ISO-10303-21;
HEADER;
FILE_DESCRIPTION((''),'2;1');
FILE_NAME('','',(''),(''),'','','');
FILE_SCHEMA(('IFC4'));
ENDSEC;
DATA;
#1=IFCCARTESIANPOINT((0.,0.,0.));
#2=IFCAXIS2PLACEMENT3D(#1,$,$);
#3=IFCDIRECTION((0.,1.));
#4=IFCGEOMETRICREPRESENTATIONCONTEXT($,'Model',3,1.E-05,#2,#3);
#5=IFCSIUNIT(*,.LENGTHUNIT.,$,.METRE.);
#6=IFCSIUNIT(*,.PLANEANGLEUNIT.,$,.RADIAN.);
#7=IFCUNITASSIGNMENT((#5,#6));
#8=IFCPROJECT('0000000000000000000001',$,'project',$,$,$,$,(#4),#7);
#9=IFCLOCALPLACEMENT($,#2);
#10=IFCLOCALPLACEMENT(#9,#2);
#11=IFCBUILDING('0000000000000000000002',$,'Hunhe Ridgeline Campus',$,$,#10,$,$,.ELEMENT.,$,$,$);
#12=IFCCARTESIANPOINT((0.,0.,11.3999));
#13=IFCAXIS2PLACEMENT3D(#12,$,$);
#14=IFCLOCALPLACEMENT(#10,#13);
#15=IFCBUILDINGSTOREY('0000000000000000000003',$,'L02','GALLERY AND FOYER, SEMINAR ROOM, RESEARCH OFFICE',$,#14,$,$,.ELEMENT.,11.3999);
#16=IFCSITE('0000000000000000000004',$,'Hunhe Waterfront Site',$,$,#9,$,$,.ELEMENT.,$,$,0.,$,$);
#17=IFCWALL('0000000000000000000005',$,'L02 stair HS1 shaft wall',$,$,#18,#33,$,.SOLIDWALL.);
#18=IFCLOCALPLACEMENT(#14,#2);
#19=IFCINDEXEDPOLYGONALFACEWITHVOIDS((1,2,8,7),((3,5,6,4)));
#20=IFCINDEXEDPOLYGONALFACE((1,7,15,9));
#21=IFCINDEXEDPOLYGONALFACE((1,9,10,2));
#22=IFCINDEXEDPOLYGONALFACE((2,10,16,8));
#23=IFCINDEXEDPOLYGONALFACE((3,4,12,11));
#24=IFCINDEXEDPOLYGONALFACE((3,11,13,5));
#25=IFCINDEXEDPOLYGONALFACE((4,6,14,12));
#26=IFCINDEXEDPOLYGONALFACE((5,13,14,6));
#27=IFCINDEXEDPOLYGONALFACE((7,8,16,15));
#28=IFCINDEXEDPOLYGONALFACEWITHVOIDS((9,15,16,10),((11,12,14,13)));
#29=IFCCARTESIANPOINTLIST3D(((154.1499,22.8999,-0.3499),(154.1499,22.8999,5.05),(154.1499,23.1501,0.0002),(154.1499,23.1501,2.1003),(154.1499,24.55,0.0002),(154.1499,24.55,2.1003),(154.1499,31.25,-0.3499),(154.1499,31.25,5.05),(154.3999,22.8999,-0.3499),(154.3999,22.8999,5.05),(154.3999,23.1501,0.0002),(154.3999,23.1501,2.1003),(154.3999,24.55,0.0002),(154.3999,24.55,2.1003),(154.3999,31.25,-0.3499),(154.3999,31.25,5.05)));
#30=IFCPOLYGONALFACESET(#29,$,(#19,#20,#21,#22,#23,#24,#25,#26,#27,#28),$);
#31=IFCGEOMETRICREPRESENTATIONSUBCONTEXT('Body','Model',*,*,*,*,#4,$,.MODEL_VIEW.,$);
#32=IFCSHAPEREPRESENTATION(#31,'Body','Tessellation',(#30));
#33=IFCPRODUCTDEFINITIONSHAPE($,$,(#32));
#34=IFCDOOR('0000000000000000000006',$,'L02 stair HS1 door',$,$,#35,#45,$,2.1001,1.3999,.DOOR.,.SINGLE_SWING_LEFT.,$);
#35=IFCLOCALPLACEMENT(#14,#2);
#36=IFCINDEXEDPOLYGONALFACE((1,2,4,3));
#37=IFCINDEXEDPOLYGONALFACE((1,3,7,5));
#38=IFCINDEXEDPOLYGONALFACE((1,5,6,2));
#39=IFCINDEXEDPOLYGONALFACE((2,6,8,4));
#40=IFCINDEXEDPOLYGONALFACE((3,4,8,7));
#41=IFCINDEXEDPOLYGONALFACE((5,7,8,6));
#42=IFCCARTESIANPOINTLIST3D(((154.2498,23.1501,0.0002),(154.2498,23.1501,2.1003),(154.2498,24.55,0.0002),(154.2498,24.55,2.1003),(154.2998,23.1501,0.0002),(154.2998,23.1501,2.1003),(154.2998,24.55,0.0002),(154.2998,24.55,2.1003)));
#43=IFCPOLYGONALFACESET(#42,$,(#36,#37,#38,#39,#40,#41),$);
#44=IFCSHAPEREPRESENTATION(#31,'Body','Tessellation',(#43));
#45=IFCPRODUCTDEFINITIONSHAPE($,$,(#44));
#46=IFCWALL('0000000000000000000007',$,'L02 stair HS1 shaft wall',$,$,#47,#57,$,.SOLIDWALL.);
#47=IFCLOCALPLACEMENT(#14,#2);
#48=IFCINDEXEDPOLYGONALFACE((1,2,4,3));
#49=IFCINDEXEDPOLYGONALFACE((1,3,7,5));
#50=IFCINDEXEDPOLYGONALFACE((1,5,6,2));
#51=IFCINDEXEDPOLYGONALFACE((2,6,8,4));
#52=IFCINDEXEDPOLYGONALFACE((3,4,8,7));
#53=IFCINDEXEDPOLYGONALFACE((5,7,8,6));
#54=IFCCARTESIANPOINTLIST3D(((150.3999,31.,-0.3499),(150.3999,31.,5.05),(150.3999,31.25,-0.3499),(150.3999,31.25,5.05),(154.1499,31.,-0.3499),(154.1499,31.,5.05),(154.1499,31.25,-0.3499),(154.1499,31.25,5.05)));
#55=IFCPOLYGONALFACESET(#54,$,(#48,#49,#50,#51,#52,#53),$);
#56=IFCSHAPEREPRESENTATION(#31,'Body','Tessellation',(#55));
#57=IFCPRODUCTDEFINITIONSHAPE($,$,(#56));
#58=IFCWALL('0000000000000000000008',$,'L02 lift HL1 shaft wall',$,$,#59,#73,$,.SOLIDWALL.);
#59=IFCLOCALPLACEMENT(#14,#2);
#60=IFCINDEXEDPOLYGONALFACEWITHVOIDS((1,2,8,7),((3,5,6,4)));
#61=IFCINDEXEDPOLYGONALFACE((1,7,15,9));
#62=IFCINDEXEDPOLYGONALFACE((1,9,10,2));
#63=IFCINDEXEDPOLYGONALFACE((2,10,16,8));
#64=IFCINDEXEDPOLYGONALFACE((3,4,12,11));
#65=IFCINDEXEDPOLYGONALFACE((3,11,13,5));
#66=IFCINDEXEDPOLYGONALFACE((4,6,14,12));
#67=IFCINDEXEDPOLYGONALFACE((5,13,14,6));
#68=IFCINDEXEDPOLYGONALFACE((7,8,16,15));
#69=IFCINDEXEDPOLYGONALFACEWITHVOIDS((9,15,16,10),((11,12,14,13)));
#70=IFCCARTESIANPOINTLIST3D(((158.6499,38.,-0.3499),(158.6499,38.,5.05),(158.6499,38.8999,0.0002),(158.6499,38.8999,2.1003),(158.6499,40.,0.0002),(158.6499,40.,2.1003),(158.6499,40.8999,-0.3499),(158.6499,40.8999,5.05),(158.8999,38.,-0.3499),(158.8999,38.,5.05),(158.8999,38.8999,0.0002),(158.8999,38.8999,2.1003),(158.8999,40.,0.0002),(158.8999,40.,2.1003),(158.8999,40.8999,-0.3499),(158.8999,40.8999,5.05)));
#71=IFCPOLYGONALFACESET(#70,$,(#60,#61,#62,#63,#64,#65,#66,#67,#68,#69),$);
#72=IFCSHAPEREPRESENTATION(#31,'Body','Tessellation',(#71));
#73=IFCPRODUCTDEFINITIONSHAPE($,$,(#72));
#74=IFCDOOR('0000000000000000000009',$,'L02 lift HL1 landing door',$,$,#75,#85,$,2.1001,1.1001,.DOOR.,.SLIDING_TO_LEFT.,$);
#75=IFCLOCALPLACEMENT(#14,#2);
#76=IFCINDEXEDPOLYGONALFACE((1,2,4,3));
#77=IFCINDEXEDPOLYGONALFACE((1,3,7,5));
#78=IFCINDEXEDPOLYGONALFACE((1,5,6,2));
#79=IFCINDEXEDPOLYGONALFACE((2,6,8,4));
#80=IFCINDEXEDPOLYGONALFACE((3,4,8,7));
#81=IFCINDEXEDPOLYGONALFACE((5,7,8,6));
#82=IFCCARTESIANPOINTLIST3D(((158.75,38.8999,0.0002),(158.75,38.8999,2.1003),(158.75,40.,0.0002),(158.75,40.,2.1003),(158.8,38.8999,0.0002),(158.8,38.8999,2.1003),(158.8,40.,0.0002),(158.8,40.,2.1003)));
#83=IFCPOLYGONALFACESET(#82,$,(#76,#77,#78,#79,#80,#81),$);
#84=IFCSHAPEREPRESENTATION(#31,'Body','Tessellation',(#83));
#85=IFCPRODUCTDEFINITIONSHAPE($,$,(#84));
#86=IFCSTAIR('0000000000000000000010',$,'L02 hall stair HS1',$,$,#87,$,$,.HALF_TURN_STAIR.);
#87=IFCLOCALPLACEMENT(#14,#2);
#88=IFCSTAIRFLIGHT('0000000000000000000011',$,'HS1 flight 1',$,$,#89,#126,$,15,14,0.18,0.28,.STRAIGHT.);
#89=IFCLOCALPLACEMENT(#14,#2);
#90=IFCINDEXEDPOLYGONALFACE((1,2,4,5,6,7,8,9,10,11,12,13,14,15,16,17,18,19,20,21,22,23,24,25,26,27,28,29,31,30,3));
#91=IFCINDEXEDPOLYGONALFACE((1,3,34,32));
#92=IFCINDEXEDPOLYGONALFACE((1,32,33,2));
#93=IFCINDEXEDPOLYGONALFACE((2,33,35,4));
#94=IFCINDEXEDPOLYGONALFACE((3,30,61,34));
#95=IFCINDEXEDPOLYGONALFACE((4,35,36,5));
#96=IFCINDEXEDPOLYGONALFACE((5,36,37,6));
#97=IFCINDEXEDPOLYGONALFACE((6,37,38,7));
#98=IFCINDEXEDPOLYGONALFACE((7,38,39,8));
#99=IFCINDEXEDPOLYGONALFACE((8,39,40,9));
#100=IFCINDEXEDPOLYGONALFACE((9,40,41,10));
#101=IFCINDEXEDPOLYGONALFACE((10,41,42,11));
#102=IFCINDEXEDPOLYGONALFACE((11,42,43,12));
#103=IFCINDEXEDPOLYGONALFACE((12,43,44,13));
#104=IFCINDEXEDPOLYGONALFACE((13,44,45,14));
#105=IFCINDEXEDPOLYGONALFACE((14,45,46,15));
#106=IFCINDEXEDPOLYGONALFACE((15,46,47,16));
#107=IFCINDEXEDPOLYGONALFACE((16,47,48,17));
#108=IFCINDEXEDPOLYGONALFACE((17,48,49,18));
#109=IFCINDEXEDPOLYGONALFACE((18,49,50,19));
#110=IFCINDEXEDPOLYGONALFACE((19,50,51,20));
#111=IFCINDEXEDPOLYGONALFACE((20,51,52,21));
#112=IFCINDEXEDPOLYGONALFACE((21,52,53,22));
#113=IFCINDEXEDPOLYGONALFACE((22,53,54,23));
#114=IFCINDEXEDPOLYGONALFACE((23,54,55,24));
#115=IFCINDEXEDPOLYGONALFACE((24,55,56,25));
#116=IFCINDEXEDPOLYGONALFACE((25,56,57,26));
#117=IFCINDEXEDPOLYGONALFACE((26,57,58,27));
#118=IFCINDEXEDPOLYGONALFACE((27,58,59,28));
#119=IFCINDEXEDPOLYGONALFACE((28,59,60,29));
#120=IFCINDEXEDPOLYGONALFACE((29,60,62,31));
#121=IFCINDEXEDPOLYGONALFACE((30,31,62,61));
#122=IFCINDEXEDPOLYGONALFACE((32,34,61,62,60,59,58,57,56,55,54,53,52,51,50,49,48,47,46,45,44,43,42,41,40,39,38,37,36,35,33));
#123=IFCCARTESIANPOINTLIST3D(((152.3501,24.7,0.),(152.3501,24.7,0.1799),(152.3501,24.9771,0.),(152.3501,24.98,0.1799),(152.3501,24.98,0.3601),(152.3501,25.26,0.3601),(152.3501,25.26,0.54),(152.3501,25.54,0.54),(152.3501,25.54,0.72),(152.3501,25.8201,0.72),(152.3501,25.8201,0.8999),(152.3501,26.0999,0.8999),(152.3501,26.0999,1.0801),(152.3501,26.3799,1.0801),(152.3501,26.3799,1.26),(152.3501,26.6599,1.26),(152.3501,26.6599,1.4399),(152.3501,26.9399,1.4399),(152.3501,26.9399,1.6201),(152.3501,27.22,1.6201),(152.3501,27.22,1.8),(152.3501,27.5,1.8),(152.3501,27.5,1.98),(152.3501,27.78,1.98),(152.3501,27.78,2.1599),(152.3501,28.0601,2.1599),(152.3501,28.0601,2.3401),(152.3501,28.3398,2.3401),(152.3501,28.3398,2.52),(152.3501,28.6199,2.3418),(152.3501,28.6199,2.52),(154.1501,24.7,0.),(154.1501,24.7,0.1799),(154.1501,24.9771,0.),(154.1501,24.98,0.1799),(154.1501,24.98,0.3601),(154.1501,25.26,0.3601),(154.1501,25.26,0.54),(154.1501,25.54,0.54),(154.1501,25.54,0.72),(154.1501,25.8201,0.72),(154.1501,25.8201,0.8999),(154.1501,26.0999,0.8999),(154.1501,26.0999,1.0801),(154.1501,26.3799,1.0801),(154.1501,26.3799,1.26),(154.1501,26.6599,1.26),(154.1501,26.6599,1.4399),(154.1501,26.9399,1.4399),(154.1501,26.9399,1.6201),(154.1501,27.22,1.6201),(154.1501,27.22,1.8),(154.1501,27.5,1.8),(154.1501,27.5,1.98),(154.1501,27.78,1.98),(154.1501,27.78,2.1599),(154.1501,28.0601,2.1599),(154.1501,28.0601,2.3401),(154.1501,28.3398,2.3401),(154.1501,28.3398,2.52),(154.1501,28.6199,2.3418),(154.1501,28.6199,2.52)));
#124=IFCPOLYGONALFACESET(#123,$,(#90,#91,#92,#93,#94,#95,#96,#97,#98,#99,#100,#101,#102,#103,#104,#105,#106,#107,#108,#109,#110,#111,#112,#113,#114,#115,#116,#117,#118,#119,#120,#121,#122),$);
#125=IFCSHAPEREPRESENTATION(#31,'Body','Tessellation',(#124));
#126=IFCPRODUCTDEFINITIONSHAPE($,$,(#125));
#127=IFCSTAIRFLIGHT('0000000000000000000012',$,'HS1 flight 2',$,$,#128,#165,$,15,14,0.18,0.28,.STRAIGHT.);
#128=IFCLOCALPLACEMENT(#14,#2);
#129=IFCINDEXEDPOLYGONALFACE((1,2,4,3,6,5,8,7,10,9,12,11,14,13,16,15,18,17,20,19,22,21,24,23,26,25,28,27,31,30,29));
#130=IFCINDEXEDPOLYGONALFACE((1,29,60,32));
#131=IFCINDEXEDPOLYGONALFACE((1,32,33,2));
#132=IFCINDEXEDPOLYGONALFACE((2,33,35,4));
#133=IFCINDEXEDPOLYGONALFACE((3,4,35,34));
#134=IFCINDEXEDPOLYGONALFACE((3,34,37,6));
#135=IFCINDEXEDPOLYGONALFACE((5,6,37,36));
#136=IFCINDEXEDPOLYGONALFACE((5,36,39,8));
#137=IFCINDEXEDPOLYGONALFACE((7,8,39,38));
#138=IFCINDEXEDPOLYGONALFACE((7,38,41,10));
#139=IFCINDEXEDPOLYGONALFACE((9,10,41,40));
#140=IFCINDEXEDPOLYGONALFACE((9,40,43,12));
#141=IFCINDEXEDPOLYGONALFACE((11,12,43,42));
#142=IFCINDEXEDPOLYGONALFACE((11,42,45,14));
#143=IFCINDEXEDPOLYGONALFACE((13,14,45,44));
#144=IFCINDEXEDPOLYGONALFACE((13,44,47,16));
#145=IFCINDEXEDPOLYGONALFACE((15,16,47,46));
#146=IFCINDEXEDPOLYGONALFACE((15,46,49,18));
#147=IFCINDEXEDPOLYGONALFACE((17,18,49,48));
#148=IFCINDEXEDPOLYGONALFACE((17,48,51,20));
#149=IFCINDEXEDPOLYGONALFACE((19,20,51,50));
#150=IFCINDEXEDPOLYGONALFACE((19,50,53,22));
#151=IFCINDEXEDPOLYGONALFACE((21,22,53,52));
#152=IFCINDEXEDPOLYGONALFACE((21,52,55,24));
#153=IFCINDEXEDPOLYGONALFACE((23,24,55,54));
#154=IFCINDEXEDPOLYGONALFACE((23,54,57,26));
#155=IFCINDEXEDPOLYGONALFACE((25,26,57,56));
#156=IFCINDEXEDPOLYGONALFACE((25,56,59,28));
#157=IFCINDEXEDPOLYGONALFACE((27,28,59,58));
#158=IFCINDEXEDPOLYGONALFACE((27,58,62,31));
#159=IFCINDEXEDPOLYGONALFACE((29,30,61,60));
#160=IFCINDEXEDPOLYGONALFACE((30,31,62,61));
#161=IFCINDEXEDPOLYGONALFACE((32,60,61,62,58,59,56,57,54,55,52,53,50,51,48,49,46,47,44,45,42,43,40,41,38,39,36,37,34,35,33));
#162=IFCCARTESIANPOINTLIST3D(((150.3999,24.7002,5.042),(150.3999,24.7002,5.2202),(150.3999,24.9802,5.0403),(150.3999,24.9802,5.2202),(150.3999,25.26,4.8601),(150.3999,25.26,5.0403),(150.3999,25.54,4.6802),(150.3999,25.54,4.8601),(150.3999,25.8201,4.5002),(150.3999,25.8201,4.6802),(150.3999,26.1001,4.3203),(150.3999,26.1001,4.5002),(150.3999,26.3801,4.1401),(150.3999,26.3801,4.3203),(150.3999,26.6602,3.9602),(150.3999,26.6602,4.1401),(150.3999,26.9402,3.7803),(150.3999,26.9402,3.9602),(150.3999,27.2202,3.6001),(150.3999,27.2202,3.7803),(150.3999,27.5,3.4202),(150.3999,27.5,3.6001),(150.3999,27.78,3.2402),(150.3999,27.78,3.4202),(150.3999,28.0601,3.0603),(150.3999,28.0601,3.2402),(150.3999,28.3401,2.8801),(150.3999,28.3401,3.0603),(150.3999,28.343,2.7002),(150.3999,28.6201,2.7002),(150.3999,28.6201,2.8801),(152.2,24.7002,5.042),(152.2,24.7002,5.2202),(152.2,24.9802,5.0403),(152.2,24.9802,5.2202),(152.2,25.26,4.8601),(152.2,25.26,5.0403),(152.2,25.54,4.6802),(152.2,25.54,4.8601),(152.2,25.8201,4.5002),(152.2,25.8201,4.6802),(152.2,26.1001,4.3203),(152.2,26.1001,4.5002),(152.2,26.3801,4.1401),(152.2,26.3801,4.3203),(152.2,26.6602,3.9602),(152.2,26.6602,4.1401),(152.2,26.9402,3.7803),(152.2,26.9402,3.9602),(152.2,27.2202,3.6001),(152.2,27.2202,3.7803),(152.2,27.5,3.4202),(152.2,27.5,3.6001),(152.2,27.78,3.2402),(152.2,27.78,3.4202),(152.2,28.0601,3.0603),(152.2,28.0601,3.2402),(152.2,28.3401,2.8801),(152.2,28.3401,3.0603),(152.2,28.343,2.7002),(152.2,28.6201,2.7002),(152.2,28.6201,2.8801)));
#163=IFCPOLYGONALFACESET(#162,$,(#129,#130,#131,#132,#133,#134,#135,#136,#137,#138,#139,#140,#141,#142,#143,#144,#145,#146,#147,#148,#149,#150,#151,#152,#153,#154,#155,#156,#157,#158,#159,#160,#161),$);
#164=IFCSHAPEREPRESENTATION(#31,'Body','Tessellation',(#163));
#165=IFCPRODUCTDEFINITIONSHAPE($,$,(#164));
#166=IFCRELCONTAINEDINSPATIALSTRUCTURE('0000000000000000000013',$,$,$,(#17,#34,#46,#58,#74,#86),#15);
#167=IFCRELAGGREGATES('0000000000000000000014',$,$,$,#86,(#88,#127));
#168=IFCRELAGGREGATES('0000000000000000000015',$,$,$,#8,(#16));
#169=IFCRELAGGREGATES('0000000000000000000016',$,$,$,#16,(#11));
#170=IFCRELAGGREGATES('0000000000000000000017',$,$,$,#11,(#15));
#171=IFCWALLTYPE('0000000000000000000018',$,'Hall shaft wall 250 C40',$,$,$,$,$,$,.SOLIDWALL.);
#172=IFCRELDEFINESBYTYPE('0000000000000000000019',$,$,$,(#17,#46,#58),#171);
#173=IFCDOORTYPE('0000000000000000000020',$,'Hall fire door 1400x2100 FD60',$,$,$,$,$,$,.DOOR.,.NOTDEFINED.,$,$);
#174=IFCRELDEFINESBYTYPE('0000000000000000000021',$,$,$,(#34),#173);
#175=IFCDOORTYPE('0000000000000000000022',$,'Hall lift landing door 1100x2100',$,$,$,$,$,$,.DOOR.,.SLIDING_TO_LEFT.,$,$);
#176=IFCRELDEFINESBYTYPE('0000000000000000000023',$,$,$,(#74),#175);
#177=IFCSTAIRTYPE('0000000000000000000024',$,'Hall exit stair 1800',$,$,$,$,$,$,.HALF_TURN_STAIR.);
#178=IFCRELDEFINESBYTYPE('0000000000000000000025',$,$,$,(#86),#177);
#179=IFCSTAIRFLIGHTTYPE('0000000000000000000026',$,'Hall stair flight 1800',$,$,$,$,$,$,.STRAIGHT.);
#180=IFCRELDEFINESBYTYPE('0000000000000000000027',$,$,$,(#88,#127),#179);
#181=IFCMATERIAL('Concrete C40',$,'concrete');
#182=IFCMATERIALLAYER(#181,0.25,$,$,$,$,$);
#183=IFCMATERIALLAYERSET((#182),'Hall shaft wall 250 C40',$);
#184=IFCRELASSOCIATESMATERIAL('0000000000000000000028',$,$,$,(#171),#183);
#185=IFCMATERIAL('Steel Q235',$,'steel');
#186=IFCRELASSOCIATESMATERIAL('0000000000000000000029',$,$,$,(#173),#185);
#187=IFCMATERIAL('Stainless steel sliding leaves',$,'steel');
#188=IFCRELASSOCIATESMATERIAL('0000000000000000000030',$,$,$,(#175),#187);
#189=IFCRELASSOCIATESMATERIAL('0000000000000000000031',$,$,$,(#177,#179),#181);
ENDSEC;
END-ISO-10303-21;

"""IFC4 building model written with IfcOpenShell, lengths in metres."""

from ifc_helpers import new_model, si_unit, direction, frame, frame_2d, origin, place, context, subcontext, project, spatial, polyline, rectangle, outline, extrude, material, layer, layer_set, type_object, element, fill, aggregate, save


model = new_model("IFC4")

# Units and contexts
model_context = context("Model", 3, precision=1e-05, world=origin(), true_north=direction((0.0, 1.0)))
body_context = subcontext(model_context, "Body", "Model", "MODEL_VIEW")
ifc_project = project(units=[si_unit("LENGTHUNIT", "METRE"), si_unit("PLANEANGLEUNIT", "RADIAN")], contexts=[model_context])

# Site, building, storey
site_placement = place(None, origin())
site = spatial("IfcSite", under=ifc_project, at=site_placement, Name="Hunhe Waterfront Site", CompositionType="ELEMENT", RefElevation=0.0)
building_placement = place(site_placement, origin())
building = spatial("IfcBuilding", under=site, at=building_placement, Name="Hunhe Ridgeline Campus", CompositionType="ELEMENT")
storey_placement = place(building_placement, frame((0.0, 0.0, 11.3999)))
storey = spatial("IfcBuildingStorey", under=building, at=storey_placement, Name="L02", Description="GALLERY AND FOYER, SEMINAR ROOM, RESEARCH OFFICE", CompositionType="ELEMENT", Elevation=11.3999)

# Shared definitions
ifc_material_1 = material(Name="Concrete C40", Category="concrete")

# Wall, opening, door
ifc_layer_1 = layer(ifc_material_1, 0.25)
ifc_layer_set_1 = layer_set([ifc_layer_1], Name="Hall shaft wall 250 C40")
wall_type = type_object("IfcWallType", Name="Hall shaft wall 250 C40", PredefinedType="SOLIDWALL", material=ifc_layer_set_1)
wall_1_placement = place(storey_placement, frame((154.2749, 31.25, -0.3499), z_axis=(0.0, 0.0, 1.0), x_axis=(0.0, -1.0, 0.0)))
wall_1 = element("IfcWall", 1, at=wall_1_placement, inside=storey, type_object=wall_type, Name="L02 stair HS1 shaft wall", PredefinedType="SOLIDWALL", context=body_context, shape_type="SweptSolid", body=[
    extrude(rectangle(XDim=8.3501, YDim=0.25, at=frame_2d((4.175, 0.0))), origin(), (0.0, 0.0, 1.0), 5.3999),
])
opening_1_placement = place(wall_1_placement, frame((6.7, 0.0, 0.3501)))
opening_1 = element("IfcOpeningElement", 2, at=opening_1_placement, cuts=wall_1, PredefinedType="OPENING", context=body_context, shape_type="SweptSolid", body=[
    extrude(rectangle(XDim=1.3999, YDim=2.1001, at=frame_2d((0.7, 1.05))), frame((0.0, 0.125, 0.0), z_axis=(0.0, -1.0, 0.0), x_axis=(1.0, 0.0, 0.0)), (0.0, 0.0, 1.0), 0.25),
])
ifc_material_2 = material(Name="Steel Q235", Category="steel")
door_type_1 = type_object("IfcDoorType", Name="Hall fire door 1400x2100 FD60", OperationType="NOTDEFINED", PredefinedType="DOOR", material=ifc_material_2)
door_1_placement = place(opening_1_placement, origin())
door_1 = element("IfcDoor", 3, at=door_1_placement, inside=storey, type_object=door_type_1, Name="L02 stair HS1 door", OperationType="SINGLE_SWING_LEFT", OverallHeight=2.1001, OverallWidth=1.3999, PredefinedType="DOOR", context=body_context, shape_type="SweptSolid", body=[
    extrude(rectangle(XDim=1.3999, YDim=2.1001, at=frame_2d((0.7, 1.05))), frame((0.0, 0.0249, 0.0), z_axis=(0.0, -1.0, 0.0), x_axis=(1.0, 0.0, 0.0)), (0.0, 0.0, 1.0), 0.05),
])
fill(opening_1, door_1)

# Wall
wall_2_placement = place(storey_placement, frame((150.3999, 31.125, -0.3499), z_axis=(0.0, 0.0, 1.0), x_axis=(1.0, 0.0, 0.0)))
element("IfcWall", 4, at=wall_2_placement, inside=storey, type_object=wall_type, Name="L02 stair HS1 shaft wall", PredefinedType="SOLIDWALL", context=body_context, shape_type="SweptSolid", body=[
    extrude(rectangle(XDim=3.75, YDim=0.25, at=frame_2d((1.875, 0.0))), origin(), (0.0, 0.0, 1.0), 5.3999),
])

# Wall, opening, door
wall_3_placement = place(storey_placement, frame((158.7749, 38.0, -0.3499), z_axis=(0.0, 0.0, 1.0), x_axis=(0.0, 1.0, 0.0)))
wall_3 = element("IfcWall", 5, at=wall_3_placement, inside=storey, type_object=wall_type, Name="L02 lift HL1 shaft wall", PredefinedType="SOLIDWALL", context=body_context, shape_type="SweptSolid", body=[
    extrude(rectangle(XDim=2.8999, YDim=0.25, at=frame_2d((1.45, 0.0))), origin(), (0.0, 0.0, 1.0), 5.3999),
])
opening_2_placement = place(wall_3_placement, frame((0.8999, 0.0, 0.3501)))
opening_2 = element("IfcOpeningElement", 6, at=opening_2_placement, cuts=wall_3, PredefinedType="OPENING", context=body_context, shape_type="SweptSolid", body=[
    extrude(rectangle(XDim=1.1001, YDim=2.1001, at=frame_2d((0.55, 1.05))), frame((0.0, 0.125, 0.0), z_axis=(0.0, -1.0, 0.0), x_axis=(1.0, 0.0, 0.0)), (0.0, 0.0, 1.0), 0.25),
])
ifc_material_3 = material(Name="Stainless steel sliding leaves", Category="steel")
door_type_2 = type_object("IfcDoorType", Name="Hall lift landing door 1100x2100", OperationType="SLIDING_TO_LEFT", PredefinedType="DOOR", material=ifc_material_3)
door_2_placement = place(opening_2_placement, origin())
door_2 = element("IfcDoor", 7, at=door_2_placement, inside=storey, type_object=door_type_2, Name="L02 lift HL1 landing door", OperationType="SLIDING_TO_LEFT", OverallHeight=2.1001, OverallWidth=1.1001, PredefinedType="DOOR", context=body_context, shape_type="SweptSolid", body=[
    extrude(rectangle(XDim=1.1001, YDim=2.1001, at=frame_2d((0.55, 1.05))), frame((0.0, 0.0249, 0.0), z_axis=(0.0, -1.0, 0.0), x_axis=(1.0, 0.0, 0.0)), (0.0, 0.0, 1.0), 0.05),
])
fill(opening_2, door_2)

# Stair, stair flights
stair_type = type_object("IfcStairType", Name="Hall exit stair 1800", PredefinedType="HALF_TURN_STAIR", material=ifc_material_1)
stair_placement = place(storey_placement, origin())
stair = element("IfcStair", 8, at=stair_placement, inside=storey, type_object=stair_type, Name="L02 hall stair HS1", PredefinedType="HALF_TURN_STAIR")
stair_flight_type = type_object("IfcStairFlightType", Name="Hall stair flight 1800", PredefinedType="STRAIGHT", material=ifc_material_1)
stair_flight_1_placement = place(storey_placement, frame((153.25, 24.7, 0.0), z_axis=(0.0, 0.0, 1.0), x_axis=(0.0, 1.0, 0.0)))
stair_flight_1 = element("IfcStairFlight", 9, at=stair_flight_1_placement, type_object=stair_flight_type, Name="HS1 flight 1", NumberOfRisers=15, NumberOfTreads=14, PredefinedType="STRAIGHT", RiserHeight=0.18, TreadLength=0.28, context=body_context, shape_type="SweptSolid", body=[
    extrude(outline(polyline([(0.0, 0.0), (0.0, 0.1799), (0.28, 0.1799), (0.28, 0.3601), (0.5601, 0.3601), (0.5601, 0.54), (0.8401, 0.54), (0.8401, 0.72), (1.1201, 0.72), (1.1201, 0.8999), (1.3999, 0.8999), (1.3999, 1.0801), (1.6799, 1.0801), (1.6799, 1.26), (1.96, 1.26), (1.96, 1.4399), (2.24, 1.4399), (2.24, 1.6201), (2.52, 1.6201), (2.52, 1.8), (2.8, 1.8), (2.8, 1.98), (3.0801, 1.98), (3.0801, 2.1599), (3.3601, 2.1599), (3.3601, 2.3401), (3.6399, 2.3401), (3.6399, 2.52), (3.9199, 2.52), (3.9199, 2.7), (3.9199, 2.3418), (0.2771, 0.0), (0.0, 0.0)])), frame((0.0, 0.8999, 0.0), z_axis=(0.0, -1.0, 0.0), x_axis=(1.0, 0.0, 0.0)), (0.0, 0.0, 1.0), 1.8),
])
stair_flight_2_placement = place(storey_placement, frame((151.3, 28.6201, 2.7002), z_axis=(0.0, 0.0, 1.0), x_axis=(0.0, -1.0, 0.0)))
stair_flight_2 = element("IfcStairFlight", 10, at=stair_flight_2_placement, type_object=stair_flight_type, Name="HS1 flight 2", NumberOfRisers=15, NumberOfTreads=14, PredefinedType="STRAIGHT", RiserHeight=0.18, TreadLength=0.28, context=body_context, shape_type="SweptSolid", body=[
    extrude(outline(polyline([(0.0, 0.0), (0.0, 0.1799), (0.28, 0.1799), (0.28, 0.3601), (0.5601, 0.3601), (0.5601, 0.54), (0.8401, 0.54), (0.8401, 0.72), (1.1201, 0.72), (1.1201, 0.8999), (1.3999, 0.8999), (1.3999, 1.0801), (1.6799, 1.0801), (1.6799, 1.26), (1.96, 1.26), (1.96, 1.4399), (2.24, 1.4399), (2.24, 1.6201), (2.52, 1.6201), (2.52, 1.8), (2.8, 1.8), (2.8, 1.98), (3.0801, 1.98), (3.0801, 2.1599), (3.3601, 2.1599), (3.3601, 2.3401), (3.6399, 2.3401), (3.6399, 2.52), (3.9199, 2.52), (3.9199, 2.7), (3.9199, 2.3418), (0.2771, 0.0), (0.0, 0.0)])), frame((0.0, 0.8999, 0.0), z_axis=(0.0, -1.0, 0.0), x_axis=(1.0, 0.0, 0.0)), (0.0, 0.0, 1.0), 1.8),
])
aggregate(stair, [stair_flight_1, stair_flight_2])

save(model, "model.ifc")
